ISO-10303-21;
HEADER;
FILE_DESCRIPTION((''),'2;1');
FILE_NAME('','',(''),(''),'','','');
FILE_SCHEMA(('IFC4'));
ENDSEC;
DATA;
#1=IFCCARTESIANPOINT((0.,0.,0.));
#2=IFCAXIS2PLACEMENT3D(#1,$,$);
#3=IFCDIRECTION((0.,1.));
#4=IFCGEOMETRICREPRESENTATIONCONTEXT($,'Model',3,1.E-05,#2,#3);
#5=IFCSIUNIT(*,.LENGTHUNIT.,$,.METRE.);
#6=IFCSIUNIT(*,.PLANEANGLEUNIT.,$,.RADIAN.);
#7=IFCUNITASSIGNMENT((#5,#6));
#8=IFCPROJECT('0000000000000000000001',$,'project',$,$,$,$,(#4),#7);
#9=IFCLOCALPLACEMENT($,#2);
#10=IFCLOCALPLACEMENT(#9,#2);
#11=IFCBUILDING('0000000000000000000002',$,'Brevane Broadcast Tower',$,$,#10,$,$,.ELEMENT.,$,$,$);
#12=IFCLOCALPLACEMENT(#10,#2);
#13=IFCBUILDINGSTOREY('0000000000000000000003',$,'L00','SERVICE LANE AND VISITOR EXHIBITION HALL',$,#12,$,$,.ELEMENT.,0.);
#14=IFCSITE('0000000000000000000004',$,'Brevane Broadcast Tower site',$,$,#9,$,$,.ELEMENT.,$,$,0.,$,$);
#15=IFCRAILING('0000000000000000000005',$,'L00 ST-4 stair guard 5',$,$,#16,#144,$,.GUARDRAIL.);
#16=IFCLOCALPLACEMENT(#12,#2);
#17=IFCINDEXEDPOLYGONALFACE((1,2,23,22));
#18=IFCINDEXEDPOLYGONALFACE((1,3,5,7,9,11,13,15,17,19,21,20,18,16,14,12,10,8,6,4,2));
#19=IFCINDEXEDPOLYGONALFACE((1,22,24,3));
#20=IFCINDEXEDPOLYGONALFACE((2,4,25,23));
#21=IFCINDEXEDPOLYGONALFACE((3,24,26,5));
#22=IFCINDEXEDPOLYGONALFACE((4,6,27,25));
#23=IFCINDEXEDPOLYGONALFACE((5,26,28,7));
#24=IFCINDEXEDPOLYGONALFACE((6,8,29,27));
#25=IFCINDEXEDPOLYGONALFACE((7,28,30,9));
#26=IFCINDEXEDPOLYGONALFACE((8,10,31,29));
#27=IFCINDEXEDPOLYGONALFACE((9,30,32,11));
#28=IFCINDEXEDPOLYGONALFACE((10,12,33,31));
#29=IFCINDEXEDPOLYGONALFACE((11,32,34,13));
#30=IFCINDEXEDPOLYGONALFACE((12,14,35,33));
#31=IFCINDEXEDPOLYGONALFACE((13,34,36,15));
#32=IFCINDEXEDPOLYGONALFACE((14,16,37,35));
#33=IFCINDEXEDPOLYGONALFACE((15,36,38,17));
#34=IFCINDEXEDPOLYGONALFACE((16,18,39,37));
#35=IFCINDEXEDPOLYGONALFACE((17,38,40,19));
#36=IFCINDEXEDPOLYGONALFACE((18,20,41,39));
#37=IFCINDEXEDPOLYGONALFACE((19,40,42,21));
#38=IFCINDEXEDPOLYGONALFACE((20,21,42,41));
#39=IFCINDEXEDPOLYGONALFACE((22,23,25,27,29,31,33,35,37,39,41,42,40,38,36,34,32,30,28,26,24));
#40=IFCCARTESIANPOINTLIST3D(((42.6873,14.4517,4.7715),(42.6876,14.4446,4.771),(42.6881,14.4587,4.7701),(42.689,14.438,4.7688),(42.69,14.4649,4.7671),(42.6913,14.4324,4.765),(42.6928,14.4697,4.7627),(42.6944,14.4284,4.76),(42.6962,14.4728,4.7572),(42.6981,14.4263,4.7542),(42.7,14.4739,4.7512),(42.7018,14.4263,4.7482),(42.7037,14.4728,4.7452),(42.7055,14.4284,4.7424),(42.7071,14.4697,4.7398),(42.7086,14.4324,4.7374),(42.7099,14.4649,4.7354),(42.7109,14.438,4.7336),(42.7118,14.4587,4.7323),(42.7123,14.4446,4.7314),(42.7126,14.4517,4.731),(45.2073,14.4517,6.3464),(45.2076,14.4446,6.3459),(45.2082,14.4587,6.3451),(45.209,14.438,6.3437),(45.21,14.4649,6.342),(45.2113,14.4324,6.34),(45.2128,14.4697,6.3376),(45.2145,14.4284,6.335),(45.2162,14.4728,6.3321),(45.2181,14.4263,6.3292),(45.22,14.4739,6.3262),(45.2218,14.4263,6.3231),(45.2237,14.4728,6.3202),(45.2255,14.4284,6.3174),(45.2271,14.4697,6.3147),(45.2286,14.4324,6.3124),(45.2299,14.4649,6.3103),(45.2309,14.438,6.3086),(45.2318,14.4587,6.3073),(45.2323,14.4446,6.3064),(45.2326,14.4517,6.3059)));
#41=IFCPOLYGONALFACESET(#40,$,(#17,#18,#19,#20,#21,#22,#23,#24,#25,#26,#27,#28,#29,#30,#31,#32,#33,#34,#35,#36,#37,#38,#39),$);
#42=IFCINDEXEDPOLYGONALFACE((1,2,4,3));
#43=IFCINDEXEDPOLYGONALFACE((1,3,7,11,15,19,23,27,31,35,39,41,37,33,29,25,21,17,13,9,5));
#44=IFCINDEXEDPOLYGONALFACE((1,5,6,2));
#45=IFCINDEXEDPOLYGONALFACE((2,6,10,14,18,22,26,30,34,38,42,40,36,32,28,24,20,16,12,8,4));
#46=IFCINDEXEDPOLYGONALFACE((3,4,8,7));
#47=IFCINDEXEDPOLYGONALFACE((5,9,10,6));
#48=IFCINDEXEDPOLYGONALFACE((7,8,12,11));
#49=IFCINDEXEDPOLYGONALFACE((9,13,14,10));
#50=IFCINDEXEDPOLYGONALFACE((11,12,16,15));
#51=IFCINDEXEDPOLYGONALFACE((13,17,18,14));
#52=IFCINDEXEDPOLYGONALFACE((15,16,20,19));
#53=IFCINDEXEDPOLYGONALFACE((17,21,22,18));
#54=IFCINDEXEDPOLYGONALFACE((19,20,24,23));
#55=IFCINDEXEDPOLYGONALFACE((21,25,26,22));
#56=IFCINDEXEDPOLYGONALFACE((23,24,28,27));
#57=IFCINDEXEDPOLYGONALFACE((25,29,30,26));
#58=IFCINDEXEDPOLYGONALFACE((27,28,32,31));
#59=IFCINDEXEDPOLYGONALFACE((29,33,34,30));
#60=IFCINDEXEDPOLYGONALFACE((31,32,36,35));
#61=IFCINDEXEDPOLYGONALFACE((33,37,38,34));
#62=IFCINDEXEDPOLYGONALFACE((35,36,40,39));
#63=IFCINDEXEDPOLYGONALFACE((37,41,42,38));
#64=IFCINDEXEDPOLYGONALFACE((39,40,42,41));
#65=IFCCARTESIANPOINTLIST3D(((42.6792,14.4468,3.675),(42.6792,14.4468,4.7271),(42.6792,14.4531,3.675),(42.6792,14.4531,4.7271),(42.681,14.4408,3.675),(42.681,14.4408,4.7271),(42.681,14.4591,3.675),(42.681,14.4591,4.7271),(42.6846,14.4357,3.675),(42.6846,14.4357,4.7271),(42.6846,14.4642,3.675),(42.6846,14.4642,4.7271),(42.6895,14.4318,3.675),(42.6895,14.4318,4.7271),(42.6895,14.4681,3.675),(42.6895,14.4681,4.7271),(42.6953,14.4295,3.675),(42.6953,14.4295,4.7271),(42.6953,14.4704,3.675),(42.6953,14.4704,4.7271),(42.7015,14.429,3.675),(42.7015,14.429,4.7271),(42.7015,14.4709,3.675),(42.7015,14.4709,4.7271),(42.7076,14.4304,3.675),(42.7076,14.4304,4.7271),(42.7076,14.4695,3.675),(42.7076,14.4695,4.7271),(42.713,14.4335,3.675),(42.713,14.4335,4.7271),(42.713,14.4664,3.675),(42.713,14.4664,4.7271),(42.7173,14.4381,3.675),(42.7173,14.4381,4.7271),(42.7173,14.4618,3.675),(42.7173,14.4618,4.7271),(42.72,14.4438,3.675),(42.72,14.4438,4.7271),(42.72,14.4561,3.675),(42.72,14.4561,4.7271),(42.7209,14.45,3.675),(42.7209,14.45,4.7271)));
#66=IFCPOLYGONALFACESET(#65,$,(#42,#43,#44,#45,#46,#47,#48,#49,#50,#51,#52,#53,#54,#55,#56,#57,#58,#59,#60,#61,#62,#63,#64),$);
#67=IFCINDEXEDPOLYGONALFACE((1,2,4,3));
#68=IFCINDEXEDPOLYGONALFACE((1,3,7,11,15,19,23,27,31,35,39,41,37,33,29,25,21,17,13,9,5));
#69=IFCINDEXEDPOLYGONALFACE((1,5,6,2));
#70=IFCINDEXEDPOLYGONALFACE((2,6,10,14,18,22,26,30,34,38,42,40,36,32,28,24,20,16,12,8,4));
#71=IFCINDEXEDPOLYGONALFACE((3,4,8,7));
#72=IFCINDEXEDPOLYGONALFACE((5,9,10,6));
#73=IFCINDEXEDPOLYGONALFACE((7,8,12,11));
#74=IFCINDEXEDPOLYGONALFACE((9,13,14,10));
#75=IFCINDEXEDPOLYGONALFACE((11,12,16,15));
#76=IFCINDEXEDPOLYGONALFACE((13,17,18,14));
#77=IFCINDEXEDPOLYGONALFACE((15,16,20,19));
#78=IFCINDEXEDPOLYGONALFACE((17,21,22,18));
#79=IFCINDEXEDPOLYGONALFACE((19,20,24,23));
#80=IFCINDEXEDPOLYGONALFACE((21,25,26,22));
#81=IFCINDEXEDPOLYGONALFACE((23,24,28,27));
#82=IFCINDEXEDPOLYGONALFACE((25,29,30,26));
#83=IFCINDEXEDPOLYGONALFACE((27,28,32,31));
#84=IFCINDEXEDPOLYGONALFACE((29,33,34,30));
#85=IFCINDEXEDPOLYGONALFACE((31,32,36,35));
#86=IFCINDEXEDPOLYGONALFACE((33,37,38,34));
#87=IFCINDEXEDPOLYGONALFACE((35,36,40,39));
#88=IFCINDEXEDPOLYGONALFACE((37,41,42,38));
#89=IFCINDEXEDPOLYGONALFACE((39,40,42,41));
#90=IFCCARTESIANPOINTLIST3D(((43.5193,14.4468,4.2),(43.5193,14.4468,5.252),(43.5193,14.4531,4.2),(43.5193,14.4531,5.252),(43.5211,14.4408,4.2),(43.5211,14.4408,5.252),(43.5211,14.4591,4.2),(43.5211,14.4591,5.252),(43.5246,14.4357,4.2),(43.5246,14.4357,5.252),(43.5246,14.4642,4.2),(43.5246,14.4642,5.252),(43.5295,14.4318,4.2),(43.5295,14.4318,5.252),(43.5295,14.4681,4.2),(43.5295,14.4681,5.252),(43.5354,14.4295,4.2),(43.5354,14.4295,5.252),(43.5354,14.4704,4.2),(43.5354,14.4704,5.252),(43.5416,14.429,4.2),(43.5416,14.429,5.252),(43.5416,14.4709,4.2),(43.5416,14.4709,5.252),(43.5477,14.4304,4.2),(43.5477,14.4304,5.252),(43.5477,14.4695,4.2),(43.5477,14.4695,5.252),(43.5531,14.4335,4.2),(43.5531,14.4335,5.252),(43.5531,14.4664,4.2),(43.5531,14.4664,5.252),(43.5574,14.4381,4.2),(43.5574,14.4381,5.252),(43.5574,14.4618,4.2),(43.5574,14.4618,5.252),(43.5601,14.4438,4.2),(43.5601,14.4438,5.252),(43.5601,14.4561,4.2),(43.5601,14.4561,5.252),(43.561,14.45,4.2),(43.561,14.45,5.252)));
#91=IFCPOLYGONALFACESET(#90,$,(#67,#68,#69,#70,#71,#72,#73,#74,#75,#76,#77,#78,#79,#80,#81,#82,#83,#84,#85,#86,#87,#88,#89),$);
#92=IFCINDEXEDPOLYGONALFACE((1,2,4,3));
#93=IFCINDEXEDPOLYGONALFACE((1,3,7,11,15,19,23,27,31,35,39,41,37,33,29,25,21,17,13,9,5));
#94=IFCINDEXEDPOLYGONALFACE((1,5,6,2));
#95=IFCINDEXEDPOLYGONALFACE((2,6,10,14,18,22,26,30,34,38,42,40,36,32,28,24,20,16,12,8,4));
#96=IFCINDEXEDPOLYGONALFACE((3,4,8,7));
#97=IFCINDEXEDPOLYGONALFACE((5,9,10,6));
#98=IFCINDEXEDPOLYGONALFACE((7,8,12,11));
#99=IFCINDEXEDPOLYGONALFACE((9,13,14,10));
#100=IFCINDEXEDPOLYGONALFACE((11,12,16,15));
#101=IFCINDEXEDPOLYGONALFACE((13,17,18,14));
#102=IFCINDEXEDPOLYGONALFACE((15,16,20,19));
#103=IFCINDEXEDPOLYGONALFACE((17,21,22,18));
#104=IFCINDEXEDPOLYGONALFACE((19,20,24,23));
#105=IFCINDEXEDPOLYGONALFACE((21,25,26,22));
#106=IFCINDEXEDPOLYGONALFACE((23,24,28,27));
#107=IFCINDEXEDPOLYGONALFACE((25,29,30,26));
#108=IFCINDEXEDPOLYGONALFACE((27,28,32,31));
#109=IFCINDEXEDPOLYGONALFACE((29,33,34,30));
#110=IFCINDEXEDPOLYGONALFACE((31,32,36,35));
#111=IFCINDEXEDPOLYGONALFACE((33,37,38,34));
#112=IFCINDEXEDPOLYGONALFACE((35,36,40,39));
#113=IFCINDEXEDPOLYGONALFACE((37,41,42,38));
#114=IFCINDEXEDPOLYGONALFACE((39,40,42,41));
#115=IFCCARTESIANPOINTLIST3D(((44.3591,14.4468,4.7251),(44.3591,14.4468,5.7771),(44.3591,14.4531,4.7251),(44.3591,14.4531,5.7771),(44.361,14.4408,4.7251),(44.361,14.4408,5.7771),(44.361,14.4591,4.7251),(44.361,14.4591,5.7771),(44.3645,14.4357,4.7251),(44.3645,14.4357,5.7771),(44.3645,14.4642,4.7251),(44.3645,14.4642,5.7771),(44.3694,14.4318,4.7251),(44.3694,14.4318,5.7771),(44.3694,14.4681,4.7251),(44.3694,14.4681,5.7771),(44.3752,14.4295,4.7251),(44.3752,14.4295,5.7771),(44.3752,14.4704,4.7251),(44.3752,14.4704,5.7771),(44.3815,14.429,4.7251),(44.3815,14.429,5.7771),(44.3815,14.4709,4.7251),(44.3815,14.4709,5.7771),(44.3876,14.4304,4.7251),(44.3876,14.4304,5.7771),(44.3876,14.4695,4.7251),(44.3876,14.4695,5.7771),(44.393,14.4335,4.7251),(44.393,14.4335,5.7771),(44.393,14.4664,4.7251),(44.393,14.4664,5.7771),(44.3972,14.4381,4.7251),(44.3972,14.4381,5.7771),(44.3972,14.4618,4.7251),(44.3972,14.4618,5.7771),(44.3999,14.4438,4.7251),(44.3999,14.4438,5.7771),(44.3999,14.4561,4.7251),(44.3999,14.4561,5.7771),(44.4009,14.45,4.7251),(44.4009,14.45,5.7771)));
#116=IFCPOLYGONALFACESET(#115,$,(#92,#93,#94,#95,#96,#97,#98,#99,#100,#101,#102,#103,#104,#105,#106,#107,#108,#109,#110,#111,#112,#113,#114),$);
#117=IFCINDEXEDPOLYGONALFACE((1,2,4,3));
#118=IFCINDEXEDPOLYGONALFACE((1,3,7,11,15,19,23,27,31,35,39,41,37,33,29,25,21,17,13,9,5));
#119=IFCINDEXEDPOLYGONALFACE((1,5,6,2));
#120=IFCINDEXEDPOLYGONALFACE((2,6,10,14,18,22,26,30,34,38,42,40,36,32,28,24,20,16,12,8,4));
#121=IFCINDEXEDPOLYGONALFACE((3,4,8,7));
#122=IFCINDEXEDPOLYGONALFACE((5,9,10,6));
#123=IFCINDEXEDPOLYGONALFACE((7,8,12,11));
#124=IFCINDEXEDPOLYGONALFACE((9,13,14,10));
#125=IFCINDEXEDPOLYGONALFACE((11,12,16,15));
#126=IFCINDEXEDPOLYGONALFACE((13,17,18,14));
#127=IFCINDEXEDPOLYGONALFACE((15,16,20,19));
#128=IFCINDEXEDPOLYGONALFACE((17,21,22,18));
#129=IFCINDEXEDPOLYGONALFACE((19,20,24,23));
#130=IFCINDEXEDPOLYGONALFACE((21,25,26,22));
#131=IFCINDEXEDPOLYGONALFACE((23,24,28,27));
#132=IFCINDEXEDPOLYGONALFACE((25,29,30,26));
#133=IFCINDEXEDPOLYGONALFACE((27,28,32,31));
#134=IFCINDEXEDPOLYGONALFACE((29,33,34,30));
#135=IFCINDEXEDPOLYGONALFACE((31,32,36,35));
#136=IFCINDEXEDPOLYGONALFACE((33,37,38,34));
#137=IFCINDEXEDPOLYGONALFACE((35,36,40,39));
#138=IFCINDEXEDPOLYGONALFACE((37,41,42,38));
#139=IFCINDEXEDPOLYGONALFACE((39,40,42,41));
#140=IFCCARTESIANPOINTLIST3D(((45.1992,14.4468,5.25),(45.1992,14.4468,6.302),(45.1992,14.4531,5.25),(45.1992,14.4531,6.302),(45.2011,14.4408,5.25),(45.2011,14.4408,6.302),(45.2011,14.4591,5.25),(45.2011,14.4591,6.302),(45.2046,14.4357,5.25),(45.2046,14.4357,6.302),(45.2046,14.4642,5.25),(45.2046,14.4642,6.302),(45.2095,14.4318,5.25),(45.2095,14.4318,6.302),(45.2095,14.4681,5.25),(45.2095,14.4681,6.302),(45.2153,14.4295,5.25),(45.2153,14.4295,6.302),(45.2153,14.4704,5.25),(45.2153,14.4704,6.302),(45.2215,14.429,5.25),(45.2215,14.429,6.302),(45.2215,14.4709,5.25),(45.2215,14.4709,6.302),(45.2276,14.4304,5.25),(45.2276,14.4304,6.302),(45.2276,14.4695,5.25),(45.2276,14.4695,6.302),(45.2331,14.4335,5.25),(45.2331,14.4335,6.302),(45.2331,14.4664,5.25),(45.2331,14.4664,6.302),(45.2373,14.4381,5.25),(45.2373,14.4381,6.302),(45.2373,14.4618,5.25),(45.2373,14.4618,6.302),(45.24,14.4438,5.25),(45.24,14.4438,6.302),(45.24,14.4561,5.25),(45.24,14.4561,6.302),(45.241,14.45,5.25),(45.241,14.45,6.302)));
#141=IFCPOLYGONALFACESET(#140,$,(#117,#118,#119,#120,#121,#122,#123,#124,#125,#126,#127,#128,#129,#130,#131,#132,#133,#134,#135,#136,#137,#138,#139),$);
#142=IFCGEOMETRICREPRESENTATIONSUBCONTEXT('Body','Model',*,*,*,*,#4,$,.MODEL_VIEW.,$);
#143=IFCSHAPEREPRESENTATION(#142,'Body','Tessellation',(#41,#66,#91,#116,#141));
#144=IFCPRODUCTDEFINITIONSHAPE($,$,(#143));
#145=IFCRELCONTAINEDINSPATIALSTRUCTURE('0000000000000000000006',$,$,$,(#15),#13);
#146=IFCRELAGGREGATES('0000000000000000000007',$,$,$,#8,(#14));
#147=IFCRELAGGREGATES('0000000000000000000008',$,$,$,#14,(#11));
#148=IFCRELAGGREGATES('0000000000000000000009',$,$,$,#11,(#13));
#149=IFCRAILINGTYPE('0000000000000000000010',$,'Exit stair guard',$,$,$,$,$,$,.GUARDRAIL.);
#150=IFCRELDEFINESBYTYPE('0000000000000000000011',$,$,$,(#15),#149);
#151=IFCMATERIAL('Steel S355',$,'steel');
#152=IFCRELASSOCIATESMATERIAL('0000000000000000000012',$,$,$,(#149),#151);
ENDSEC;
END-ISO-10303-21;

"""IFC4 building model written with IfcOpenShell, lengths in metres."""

from ifc_helpers import new_model, si_unit, direction, frame, origin, origin_2d, place, context, subcontext, project, spatial, circle, extrude, material, type_object, element, save


model = new_model("IFC4")

# Units and contexts
model_context = context("Model", 3, precision=1e-05, world=origin(), true_north=direction((0.0, 1.0)))
body_context = subcontext(model_context, "Body", "Model", "MODEL_VIEW")
ifc_project = project(units=[si_unit("LENGTHUNIT", "METRE"), si_unit("PLANEANGLEUNIT", "RADIAN")], contexts=[model_context])

# Site, building, storey
site_placement = place(None, origin())
site = spatial("IfcSite", under=ifc_project, at=site_placement, Name="Brevane Broadcast Tower site", CompositionType="ELEMENT", RefElevation=0.0)
building_placement = place(site_placement, origin())
building = spatial("IfcBuilding", under=site, at=building_placement, Name="Brevane Broadcast Tower", CompositionType="ELEMENT")
storey_placement = place(building_placement, origin())
storey = spatial("IfcBuildingStorey", under=building, at=storey_placement, Name="L00", Description="SERVICE LANE AND VISITOR EXHIBITION HALL", CompositionType="ELEMENT", Elevation=0.0)

# Railing
ifc_material_1 = material(Name="Steel S355", Category="steel")
railing_type_1 = type_object("IfcRailingType", Name="Exit stair guard", PredefinedType="GUARDRAIL", material=ifc_material_1)
railing_1_placement = place(storey_placement, frame((42.7, 14.45, 3.675)))
element("IfcRailing", 1, at=railing_1_placement, inside=storey, type_object=railing_type_1, Name="L00 ST-4 stair guard 5", PredefinedType="GUARDRAIL", context=body_context, shape_type="SweptSolid", body=[
    extrude(circle(Radius=0.0239, at=origin_2d()), frame((0.0, 0.0, 1.0762), z_axis=(0.848008, 0.0, 0.529984), x_axis=(0.0, 1.0, 0.0)), (0.0, 0.0, 1.0), 2.9717),
    extrude(circle(Radius=0.021, at=origin_2d()), origin(), (0.0, 0.0, 1.0), 1.052),
    extrude(circle(Radius=0.021, at=origin_2d()), frame((0.8401, 0.0, 0.5249)), (0.0, 0.0, 1.0), 1.052),
    extrude(circle(Radius=0.021, at=origin_2d()), frame((1.6799, 0.0, 1.05)), (0.0, 0.0, 1.0), 1.052),
    extrude(circle(Radius=0.021, at=origin_2d()), frame((2.52, 0.0, 1.575)), (0.0, 0.0, 1.0), 1.052),
])

save(model, "model.ifc")
